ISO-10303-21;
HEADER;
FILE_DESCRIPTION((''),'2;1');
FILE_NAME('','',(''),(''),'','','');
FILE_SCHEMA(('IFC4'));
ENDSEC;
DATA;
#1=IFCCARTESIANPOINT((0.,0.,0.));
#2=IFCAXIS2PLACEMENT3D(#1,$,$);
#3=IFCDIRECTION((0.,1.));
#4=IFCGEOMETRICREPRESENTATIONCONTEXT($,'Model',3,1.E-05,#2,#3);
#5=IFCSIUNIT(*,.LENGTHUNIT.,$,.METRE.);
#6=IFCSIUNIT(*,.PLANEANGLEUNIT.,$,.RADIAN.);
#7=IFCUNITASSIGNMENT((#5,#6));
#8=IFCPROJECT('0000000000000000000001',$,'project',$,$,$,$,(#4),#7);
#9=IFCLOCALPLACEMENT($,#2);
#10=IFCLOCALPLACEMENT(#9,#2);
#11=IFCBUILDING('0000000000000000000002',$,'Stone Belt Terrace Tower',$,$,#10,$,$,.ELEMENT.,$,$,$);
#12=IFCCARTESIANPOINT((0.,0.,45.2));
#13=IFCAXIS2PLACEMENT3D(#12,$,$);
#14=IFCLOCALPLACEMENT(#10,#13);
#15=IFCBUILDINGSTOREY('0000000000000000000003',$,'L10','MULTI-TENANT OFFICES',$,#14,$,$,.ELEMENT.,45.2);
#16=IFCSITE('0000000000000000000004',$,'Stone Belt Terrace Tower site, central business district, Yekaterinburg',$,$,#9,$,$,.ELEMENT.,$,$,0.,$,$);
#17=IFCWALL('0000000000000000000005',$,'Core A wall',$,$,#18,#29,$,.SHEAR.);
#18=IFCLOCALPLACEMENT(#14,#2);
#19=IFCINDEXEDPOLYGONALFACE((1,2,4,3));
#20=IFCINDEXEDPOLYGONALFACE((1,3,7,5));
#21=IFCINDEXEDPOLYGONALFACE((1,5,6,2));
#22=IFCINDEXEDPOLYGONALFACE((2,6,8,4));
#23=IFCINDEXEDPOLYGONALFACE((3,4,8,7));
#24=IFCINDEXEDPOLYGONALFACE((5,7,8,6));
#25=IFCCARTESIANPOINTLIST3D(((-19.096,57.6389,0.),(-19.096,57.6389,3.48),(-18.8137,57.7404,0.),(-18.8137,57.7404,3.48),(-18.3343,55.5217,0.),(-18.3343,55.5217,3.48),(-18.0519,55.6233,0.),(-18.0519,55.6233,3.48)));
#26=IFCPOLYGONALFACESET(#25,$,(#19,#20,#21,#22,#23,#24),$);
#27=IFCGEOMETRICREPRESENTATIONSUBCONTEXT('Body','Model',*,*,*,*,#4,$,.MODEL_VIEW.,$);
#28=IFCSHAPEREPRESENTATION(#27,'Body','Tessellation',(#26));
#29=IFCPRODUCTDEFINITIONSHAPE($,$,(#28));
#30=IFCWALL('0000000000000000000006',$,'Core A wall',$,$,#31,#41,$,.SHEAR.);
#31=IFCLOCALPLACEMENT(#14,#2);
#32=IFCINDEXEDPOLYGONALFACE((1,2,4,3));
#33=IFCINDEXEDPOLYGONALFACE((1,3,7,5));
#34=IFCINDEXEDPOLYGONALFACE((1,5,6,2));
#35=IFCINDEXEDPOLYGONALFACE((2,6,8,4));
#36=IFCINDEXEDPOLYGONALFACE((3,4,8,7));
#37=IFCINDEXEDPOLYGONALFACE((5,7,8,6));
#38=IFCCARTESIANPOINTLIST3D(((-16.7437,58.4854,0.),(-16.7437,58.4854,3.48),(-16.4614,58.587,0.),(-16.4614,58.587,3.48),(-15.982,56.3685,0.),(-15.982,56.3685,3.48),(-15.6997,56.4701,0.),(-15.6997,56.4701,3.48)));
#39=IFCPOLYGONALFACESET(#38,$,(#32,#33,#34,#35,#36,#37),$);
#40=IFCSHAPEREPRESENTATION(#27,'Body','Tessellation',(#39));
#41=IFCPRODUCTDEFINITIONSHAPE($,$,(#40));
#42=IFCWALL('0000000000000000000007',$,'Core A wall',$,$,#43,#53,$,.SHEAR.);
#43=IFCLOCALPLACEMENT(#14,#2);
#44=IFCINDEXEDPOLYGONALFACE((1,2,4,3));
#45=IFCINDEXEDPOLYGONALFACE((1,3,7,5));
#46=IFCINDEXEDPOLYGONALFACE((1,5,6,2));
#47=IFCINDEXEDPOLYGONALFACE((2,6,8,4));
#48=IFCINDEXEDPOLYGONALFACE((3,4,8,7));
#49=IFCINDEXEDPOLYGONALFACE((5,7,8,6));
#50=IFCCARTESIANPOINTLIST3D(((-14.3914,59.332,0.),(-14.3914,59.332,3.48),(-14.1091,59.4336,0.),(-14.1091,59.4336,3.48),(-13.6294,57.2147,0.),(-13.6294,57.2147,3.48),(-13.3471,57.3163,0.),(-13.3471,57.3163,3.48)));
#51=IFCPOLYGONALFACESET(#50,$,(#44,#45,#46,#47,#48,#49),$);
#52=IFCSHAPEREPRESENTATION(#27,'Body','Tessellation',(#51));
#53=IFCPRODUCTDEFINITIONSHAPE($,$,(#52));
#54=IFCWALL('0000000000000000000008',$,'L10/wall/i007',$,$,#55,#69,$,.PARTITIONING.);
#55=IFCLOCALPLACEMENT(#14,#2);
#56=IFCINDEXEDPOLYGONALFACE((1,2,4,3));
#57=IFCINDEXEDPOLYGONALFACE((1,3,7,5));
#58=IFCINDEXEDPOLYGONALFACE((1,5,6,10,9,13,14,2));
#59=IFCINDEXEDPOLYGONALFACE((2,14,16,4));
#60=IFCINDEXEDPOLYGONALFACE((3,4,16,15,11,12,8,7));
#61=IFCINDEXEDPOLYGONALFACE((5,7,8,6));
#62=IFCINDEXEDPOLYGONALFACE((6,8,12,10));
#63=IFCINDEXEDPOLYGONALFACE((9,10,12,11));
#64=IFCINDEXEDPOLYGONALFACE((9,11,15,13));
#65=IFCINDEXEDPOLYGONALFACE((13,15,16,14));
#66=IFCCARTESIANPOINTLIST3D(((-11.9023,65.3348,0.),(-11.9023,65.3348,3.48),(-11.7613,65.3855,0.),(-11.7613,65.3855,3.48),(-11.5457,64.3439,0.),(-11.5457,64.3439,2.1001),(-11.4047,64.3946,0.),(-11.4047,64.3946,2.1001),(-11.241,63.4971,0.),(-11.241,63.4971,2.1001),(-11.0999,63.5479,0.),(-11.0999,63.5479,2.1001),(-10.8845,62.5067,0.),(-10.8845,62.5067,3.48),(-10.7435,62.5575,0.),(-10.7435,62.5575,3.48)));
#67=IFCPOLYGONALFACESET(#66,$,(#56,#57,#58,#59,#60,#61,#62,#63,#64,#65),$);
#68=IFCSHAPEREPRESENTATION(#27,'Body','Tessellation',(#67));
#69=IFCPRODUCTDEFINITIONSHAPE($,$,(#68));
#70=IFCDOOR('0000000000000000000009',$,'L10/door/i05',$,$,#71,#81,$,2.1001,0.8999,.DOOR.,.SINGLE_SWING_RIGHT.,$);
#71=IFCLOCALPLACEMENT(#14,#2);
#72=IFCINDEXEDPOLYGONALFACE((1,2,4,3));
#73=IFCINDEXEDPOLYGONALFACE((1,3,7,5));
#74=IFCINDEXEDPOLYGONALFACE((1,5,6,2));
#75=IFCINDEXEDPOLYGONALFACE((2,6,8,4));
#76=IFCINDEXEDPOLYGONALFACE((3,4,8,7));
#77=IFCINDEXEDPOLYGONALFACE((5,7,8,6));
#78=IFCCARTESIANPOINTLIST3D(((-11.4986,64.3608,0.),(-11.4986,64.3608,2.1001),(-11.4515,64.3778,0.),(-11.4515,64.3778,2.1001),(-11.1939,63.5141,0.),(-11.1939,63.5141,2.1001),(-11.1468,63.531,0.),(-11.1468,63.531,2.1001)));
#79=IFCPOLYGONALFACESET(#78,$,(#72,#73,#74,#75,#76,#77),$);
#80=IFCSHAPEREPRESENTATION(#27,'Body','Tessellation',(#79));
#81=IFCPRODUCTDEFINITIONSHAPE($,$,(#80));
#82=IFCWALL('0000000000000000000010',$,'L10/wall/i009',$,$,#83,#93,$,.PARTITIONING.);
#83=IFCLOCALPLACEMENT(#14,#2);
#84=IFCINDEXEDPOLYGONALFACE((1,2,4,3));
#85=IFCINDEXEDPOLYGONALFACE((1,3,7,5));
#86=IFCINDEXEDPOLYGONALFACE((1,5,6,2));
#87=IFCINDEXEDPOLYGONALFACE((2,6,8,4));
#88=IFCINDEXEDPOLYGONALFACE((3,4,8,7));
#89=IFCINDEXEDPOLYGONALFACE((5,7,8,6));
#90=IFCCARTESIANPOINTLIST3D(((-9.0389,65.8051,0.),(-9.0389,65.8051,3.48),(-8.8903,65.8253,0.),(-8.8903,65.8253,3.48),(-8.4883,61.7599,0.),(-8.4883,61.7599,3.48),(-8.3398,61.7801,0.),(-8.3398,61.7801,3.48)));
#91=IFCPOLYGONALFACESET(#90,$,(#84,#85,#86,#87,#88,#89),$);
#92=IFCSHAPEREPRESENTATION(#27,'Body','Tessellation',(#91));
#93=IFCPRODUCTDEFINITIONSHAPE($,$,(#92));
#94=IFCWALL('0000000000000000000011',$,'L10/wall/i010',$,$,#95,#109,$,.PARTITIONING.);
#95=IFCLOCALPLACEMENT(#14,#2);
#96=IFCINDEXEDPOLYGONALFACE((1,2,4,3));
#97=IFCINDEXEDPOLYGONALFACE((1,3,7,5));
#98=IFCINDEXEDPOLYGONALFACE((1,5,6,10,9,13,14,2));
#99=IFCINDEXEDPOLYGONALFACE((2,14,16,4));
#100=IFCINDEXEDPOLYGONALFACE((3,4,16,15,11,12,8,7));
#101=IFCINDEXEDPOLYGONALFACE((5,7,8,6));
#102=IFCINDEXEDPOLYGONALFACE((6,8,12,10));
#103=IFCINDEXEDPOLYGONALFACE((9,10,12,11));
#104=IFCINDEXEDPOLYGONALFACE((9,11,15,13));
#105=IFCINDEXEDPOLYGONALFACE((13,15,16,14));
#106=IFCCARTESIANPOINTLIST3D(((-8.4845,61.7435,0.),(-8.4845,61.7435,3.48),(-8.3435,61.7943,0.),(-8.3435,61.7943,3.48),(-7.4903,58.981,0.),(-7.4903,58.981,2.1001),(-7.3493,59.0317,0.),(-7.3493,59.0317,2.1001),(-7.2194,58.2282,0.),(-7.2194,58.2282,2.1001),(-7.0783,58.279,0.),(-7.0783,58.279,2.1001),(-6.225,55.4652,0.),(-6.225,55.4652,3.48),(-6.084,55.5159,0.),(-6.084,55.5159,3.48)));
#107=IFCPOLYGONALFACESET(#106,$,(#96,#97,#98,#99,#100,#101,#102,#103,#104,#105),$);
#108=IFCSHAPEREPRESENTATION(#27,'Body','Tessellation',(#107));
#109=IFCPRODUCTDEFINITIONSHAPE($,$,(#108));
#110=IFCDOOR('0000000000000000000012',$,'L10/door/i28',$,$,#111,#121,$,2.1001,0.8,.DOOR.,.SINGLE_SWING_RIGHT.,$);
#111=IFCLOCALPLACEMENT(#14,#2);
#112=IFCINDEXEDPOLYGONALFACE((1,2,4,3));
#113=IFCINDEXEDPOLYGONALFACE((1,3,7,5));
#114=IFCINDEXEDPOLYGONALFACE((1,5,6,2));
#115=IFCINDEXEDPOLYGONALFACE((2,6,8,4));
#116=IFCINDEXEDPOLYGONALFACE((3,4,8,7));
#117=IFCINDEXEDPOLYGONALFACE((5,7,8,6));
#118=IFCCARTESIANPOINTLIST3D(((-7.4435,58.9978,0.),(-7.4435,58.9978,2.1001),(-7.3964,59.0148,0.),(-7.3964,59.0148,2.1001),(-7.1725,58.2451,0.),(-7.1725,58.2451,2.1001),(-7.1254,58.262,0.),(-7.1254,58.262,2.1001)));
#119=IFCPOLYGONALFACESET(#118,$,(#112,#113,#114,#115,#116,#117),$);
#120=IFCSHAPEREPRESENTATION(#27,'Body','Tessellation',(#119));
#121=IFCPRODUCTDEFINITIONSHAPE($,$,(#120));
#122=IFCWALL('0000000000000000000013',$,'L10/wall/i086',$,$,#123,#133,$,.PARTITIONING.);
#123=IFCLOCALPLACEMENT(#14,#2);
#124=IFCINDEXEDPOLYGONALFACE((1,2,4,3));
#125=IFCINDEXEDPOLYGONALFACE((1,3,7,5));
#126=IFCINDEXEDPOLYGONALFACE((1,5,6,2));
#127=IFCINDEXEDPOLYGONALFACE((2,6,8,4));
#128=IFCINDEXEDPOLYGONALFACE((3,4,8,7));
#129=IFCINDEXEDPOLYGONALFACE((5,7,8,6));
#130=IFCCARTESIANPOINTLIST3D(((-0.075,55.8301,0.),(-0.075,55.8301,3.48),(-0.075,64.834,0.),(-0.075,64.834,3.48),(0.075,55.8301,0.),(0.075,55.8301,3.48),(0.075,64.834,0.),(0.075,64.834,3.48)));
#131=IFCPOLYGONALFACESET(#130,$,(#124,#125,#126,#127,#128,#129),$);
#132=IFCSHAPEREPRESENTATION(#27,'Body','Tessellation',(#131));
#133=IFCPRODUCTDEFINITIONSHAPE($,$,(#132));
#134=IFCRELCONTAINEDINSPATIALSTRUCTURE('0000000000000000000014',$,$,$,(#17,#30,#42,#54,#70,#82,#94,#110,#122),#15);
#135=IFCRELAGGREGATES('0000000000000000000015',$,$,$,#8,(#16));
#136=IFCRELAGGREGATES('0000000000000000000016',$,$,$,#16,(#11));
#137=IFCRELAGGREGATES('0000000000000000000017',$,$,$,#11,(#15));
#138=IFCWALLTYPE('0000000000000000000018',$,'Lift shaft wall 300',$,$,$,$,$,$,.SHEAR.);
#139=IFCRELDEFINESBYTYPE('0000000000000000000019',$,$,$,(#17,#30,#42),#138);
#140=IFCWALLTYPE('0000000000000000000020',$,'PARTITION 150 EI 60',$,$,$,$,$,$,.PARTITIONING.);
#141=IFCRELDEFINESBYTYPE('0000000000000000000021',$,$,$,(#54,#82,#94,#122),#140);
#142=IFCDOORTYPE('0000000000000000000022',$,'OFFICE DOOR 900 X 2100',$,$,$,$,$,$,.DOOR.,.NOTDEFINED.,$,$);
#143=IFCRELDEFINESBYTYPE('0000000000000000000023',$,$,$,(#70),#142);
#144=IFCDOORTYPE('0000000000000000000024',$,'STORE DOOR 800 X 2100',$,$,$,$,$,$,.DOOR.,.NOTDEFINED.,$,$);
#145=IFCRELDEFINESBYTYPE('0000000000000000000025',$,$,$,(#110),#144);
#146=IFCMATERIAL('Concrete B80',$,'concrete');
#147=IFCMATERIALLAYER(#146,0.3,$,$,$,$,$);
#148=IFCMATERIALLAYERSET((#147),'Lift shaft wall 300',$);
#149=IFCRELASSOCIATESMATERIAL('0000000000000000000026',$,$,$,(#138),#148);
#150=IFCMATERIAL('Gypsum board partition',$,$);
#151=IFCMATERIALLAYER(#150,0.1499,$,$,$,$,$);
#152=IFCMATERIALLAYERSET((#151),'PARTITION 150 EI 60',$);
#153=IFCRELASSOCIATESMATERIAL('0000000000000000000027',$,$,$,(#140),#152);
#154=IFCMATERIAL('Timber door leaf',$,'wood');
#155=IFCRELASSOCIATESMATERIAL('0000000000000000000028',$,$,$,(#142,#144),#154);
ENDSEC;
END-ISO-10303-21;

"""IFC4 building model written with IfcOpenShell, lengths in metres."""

from ifc_helpers import new_model, si_unit, direction, frame, frame_2d, origin, place, context, subcontext, project, spatial, rectangle, extrude, material, layer, layer_set, type_object, element, fill, save


model = new_model("IFC4")

# Units and contexts
model_context = context("Model", 3, precision=1e-05, world=origin(), true_north=direction((0.0, 1.0)))
body_context = subcontext(model_context, "Body", "Model", "MODEL_VIEW")
ifc_project = project(units=[si_unit("LENGTHUNIT", "METRE"), si_unit("PLANEANGLEUNIT", "RADIAN")], contexts=[model_context])

# Site, building, storey
site_placement = place(None, origin())
site = spatial("IfcSite", under=ifc_project, at=site_placement, Name="Stone Belt Terrace Tower site, central business district, Yekaterinburg", CompositionType="ELEMENT", RefElevation=0.0)
building_placement = place(site_placement, origin())
building = spatial("IfcBuilding", under=site, at=building_placement, Name="Stone Belt Terrace Tower", CompositionType="ELEMENT")
storey_placement = place(building_placement, frame((0.0, 0.0, 45.2)))
storey = spatial("IfcBuildingStorey", under=building, at=storey_placement, Name="L10", Description="MULTI-TENANT OFFICES", CompositionType="ELEMENT", Elevation=45.2)

# Shared definitions
ifc_material_1 = material(Name="Concrete B80", Category="concrete")

# Walls
ifc_layer_1 = layer(ifc_material_1, 0.3)
ifc_layer_set_1 = layer_set([ifc_layer_1], Name="Lift shaft wall 300")
wall_type_1 = type_object("IfcWallType", Name="Lift shaft wall 300", PredefinedType="SHEAR", material=ifc_layer_set_1)
wall_1_placement = place(storey_placement, frame((-18.1931, 55.5725, 0.0), z_axis=(0.0, 0.0, 1.0), x_axis=(-0.338535, 0.940954, 0.0)))
element("IfcWall", 1, at=wall_1_placement, inside=storey, type_object=wall_type_1, Name="Core A wall", PredefinedType="SHEAR", context=body_context, shape_type="SweptSolid", body=[
    extrude(rectangle(XDim=2.25, YDim=0.3, at=frame_2d((1.125, 0.0))), origin(), (0.0, 0.0, 1.0), 3.48),
])
wall_2_placement = place(storey_placement, frame((-15.8408, 56.4192, 0.0), z_axis=(0.0, 0.0, 1.0), x_axis=(-0.33857, 0.940941, 0.0)))
element("IfcWall", 2, at=wall_2_placement, inside=storey, type_object=wall_type_1, Name="Core A wall", PredefinedType="SHEAR", context=body_context, shape_type="SweptSolid", body=[
    extrude(rectangle(XDim=2.2498, YDim=0.3, at=frame_2d((1.125, 0.0))), origin(), (0.0, 0.0, 1.0), 3.48),
])
wall_3_placement = place(storey_placement, frame((-13.4883, 57.2656, 0.0), z_axis=(0.0, 0.0, 1.0), x_axis=(-0.338631, 0.940919, 0.0)))
element("IfcWall", 3, at=wall_3_placement, inside=storey, type_object=wall_type_1, Name="Core A wall", PredefinedType="SHEAR", context=body_context, shape_type="SweptSolid", body=[
    extrude(rectangle(XDim=2.2502, YDim=0.3, at=frame_2d((1.125, 0.0))), origin(), (0.0, 0.0, 1.0), 3.48),
])

# Wall, opening, door
ifc_material_2 = material(Name="Gypsum board partition")
ifc_layer_2 = layer(ifc_material_2, 0.1499)
ifc_layer_set_2 = layer_set([ifc_layer_2], Name="PARTITION 150 EI 60")
wall_type_2 = type_object("IfcWallType", Name="PARTITION 150 EI 60", PredefinedType="PARTITIONING", material=ifc_layer_set_2)
wall_4_placement = place(storey_placement, frame((-10.814, 62.532, 0.0), z_axis=(0.0, 0.0, 1.0), x_axis=(-0.33863, 0.94092, 0.0)))
wall_4 = element("IfcWall", 4, at=wall_4_placement, inside=storey, type_object=wall_type_2, Name="L10/wall/i007", PredefinedType="PARTITIONING", context=body_context, shape_type="SweptSolid", body=[
    extrude(rectangle(XDim=3.0056, YDim=0.1499, at=frame_2d((1.5029, 0.0))), origin(), (0.0, 0.0, 1.0), 3.48),
])
opening_1_placement = place(wall_4_placement, frame((1.0527, 0.0, 0.0)))
opening_1 = element("IfcOpeningElement", 5, at=opening_1_placement, cuts=wall_4, PredefinedType="OPENING", context=body_context, shape_type="SweptSolid", body=[
    extrude(rectangle(XDim=0.8999, YDim=2.1001, at=frame_2d((0.45, 1.05))), frame((0.0, 0.085, 0.0), z_axis=(0.0, -1.0, 0.0), x_axis=(1.0, 0.0, 0.0)), (0.0, 0.0, 1.0), 0.1699),
])
ifc_material_3 = material(Name="Timber door leaf", Category="wood")
door_type_1 = type_object("IfcDoorType", Name="OFFICE DOOR 900 X 2100", OperationType="NOTDEFINED", PredefinedType="DOOR", material=ifc_material_3)
door_1_placement = place(opening_1_placement, origin())
door_1 = element("IfcDoor", 6, at=door_1_placement, inside=storey, type_object=door_type_1, Name="L10/door/i05", OperationType="SINGLE_SWING_RIGHT", OverallHeight=2.1001, OverallWidth=0.8999, PredefinedType="DOOR", context=body_context, shape_type="SweptSolid", body=[
    extrude(rectangle(XDim=0.8999, YDim=2.1001, at=frame_2d((0.45, 1.05))), frame((0.0, 0.0249, 0.0), z_axis=(0.0, -1.0, 0.0), x_axis=(1.0, 0.0, 0.0)), (0.0, 0.0, 1.0), 0.05),
])
fill(opening_1, door_1)

# Wall
wall_5_placement = place(storey_placement, frame((-8.9646, 65.8152, 0.0), z_axis=(0.0, 0.0, 1.0), x_axis=(0.134854, -0.990865, 0.0)))
element("IfcWall", 7, at=wall_5_placement, inside=storey, type_object=wall_type_2, Name="L10/wall/i009", PredefinedType="PARTITIONING", context=body_context, shape_type="SweptSolid", body=[
    extrude(rectangle(XDim=4.0825, YDim=0.1499, at=frame_2d((2.0413, 0.0))), origin(), (0.0, 0.0, 1.0), 3.48),
])

# Wall, opening, door
wall_6_placement = place(storey_placement, frame((-8.4141, 61.769, 0.0), z_axis=(0.0, 0.0, 1.0), x_axis=(0.33863, -0.94092, 0.0)))
wall_6 = element("IfcWall", 8, at=wall_6_placement, inside=storey, type_object=wall_type_2, Name="L10/wall/i010", PredefinedType="PARTITIONING", context=body_context, shape_type="SweptSolid", body=[
    extrude(rectangle(XDim=6.6726, YDim=0.1499, at=frame_2d((3.3364, 0.0))), origin(), (0.0, 0.0, 1.0), 3.48),
])
opening_2_placement = place(wall_6_placement, frame((2.9363, 0.0, 0.0)))
opening_2 = element("IfcOpeningElement", 9, at=opening_2_placement, cuts=wall_6, PredefinedType="OPENING", context=body_context, shape_type="SweptSolid", body=[
    extrude(rectangle(XDim=0.8, YDim=2.1001, at=frame_2d((0.3999, 1.05))), frame((0.0, 0.085, 0.0), z_axis=(0.0, -1.0, 0.0), x_axis=(1.0, 0.0, 0.0)), (0.0, 0.0, 1.0), 0.1699),
])
door_type_2 = type_object("IfcDoorType", Name="STORE DOOR 800 X 2100", OperationType="NOTDEFINED", PredefinedType="DOOR", material=ifc_material_3)
door_2_placement = place(opening_2_placement, origin())
door_2 = element("IfcDoor", 10, at=door_2_placement, inside=storey, type_object=door_type_2, Name="L10/door/i28", OperationType="SINGLE_SWING_RIGHT", OverallHeight=2.1001, OverallWidth=0.8, PredefinedType="DOOR", context=body_context, shape_type="SweptSolid", body=[
    extrude(rectangle(XDim=0.8, YDim=2.1001, at=frame_2d((0.3999, 1.05))), frame((0.0, 0.0249, 0.0), z_axis=(0.0, -1.0, 0.0), x_axis=(1.0, 0.0, 0.0)), (0.0, 0.0, 1.0), 0.05),
])
fill(opening_2, door_2)

# Wall
wall_7_placement = place(storey_placement, frame((0.0, 64.834, 0.0), z_axis=(0.0, 0.0, 1.0), x_axis=(0.0, -1.0, 0.0)))
element("IfcWall", 11, at=wall_7_placement, inside=storey, type_object=wall_type_2, Name="L10/wall/i086", PredefinedType="PARTITIONING", context=body_context, shape_type="SweptSolid", body=[
    extrude(rectangle(XDim=9.0039, YDim=0.1499, at=frame_2d((4.502, 0.0))), origin(), (0.0, 0.0, 1.0), 3.48),
])

save(model, "model.ifc")
